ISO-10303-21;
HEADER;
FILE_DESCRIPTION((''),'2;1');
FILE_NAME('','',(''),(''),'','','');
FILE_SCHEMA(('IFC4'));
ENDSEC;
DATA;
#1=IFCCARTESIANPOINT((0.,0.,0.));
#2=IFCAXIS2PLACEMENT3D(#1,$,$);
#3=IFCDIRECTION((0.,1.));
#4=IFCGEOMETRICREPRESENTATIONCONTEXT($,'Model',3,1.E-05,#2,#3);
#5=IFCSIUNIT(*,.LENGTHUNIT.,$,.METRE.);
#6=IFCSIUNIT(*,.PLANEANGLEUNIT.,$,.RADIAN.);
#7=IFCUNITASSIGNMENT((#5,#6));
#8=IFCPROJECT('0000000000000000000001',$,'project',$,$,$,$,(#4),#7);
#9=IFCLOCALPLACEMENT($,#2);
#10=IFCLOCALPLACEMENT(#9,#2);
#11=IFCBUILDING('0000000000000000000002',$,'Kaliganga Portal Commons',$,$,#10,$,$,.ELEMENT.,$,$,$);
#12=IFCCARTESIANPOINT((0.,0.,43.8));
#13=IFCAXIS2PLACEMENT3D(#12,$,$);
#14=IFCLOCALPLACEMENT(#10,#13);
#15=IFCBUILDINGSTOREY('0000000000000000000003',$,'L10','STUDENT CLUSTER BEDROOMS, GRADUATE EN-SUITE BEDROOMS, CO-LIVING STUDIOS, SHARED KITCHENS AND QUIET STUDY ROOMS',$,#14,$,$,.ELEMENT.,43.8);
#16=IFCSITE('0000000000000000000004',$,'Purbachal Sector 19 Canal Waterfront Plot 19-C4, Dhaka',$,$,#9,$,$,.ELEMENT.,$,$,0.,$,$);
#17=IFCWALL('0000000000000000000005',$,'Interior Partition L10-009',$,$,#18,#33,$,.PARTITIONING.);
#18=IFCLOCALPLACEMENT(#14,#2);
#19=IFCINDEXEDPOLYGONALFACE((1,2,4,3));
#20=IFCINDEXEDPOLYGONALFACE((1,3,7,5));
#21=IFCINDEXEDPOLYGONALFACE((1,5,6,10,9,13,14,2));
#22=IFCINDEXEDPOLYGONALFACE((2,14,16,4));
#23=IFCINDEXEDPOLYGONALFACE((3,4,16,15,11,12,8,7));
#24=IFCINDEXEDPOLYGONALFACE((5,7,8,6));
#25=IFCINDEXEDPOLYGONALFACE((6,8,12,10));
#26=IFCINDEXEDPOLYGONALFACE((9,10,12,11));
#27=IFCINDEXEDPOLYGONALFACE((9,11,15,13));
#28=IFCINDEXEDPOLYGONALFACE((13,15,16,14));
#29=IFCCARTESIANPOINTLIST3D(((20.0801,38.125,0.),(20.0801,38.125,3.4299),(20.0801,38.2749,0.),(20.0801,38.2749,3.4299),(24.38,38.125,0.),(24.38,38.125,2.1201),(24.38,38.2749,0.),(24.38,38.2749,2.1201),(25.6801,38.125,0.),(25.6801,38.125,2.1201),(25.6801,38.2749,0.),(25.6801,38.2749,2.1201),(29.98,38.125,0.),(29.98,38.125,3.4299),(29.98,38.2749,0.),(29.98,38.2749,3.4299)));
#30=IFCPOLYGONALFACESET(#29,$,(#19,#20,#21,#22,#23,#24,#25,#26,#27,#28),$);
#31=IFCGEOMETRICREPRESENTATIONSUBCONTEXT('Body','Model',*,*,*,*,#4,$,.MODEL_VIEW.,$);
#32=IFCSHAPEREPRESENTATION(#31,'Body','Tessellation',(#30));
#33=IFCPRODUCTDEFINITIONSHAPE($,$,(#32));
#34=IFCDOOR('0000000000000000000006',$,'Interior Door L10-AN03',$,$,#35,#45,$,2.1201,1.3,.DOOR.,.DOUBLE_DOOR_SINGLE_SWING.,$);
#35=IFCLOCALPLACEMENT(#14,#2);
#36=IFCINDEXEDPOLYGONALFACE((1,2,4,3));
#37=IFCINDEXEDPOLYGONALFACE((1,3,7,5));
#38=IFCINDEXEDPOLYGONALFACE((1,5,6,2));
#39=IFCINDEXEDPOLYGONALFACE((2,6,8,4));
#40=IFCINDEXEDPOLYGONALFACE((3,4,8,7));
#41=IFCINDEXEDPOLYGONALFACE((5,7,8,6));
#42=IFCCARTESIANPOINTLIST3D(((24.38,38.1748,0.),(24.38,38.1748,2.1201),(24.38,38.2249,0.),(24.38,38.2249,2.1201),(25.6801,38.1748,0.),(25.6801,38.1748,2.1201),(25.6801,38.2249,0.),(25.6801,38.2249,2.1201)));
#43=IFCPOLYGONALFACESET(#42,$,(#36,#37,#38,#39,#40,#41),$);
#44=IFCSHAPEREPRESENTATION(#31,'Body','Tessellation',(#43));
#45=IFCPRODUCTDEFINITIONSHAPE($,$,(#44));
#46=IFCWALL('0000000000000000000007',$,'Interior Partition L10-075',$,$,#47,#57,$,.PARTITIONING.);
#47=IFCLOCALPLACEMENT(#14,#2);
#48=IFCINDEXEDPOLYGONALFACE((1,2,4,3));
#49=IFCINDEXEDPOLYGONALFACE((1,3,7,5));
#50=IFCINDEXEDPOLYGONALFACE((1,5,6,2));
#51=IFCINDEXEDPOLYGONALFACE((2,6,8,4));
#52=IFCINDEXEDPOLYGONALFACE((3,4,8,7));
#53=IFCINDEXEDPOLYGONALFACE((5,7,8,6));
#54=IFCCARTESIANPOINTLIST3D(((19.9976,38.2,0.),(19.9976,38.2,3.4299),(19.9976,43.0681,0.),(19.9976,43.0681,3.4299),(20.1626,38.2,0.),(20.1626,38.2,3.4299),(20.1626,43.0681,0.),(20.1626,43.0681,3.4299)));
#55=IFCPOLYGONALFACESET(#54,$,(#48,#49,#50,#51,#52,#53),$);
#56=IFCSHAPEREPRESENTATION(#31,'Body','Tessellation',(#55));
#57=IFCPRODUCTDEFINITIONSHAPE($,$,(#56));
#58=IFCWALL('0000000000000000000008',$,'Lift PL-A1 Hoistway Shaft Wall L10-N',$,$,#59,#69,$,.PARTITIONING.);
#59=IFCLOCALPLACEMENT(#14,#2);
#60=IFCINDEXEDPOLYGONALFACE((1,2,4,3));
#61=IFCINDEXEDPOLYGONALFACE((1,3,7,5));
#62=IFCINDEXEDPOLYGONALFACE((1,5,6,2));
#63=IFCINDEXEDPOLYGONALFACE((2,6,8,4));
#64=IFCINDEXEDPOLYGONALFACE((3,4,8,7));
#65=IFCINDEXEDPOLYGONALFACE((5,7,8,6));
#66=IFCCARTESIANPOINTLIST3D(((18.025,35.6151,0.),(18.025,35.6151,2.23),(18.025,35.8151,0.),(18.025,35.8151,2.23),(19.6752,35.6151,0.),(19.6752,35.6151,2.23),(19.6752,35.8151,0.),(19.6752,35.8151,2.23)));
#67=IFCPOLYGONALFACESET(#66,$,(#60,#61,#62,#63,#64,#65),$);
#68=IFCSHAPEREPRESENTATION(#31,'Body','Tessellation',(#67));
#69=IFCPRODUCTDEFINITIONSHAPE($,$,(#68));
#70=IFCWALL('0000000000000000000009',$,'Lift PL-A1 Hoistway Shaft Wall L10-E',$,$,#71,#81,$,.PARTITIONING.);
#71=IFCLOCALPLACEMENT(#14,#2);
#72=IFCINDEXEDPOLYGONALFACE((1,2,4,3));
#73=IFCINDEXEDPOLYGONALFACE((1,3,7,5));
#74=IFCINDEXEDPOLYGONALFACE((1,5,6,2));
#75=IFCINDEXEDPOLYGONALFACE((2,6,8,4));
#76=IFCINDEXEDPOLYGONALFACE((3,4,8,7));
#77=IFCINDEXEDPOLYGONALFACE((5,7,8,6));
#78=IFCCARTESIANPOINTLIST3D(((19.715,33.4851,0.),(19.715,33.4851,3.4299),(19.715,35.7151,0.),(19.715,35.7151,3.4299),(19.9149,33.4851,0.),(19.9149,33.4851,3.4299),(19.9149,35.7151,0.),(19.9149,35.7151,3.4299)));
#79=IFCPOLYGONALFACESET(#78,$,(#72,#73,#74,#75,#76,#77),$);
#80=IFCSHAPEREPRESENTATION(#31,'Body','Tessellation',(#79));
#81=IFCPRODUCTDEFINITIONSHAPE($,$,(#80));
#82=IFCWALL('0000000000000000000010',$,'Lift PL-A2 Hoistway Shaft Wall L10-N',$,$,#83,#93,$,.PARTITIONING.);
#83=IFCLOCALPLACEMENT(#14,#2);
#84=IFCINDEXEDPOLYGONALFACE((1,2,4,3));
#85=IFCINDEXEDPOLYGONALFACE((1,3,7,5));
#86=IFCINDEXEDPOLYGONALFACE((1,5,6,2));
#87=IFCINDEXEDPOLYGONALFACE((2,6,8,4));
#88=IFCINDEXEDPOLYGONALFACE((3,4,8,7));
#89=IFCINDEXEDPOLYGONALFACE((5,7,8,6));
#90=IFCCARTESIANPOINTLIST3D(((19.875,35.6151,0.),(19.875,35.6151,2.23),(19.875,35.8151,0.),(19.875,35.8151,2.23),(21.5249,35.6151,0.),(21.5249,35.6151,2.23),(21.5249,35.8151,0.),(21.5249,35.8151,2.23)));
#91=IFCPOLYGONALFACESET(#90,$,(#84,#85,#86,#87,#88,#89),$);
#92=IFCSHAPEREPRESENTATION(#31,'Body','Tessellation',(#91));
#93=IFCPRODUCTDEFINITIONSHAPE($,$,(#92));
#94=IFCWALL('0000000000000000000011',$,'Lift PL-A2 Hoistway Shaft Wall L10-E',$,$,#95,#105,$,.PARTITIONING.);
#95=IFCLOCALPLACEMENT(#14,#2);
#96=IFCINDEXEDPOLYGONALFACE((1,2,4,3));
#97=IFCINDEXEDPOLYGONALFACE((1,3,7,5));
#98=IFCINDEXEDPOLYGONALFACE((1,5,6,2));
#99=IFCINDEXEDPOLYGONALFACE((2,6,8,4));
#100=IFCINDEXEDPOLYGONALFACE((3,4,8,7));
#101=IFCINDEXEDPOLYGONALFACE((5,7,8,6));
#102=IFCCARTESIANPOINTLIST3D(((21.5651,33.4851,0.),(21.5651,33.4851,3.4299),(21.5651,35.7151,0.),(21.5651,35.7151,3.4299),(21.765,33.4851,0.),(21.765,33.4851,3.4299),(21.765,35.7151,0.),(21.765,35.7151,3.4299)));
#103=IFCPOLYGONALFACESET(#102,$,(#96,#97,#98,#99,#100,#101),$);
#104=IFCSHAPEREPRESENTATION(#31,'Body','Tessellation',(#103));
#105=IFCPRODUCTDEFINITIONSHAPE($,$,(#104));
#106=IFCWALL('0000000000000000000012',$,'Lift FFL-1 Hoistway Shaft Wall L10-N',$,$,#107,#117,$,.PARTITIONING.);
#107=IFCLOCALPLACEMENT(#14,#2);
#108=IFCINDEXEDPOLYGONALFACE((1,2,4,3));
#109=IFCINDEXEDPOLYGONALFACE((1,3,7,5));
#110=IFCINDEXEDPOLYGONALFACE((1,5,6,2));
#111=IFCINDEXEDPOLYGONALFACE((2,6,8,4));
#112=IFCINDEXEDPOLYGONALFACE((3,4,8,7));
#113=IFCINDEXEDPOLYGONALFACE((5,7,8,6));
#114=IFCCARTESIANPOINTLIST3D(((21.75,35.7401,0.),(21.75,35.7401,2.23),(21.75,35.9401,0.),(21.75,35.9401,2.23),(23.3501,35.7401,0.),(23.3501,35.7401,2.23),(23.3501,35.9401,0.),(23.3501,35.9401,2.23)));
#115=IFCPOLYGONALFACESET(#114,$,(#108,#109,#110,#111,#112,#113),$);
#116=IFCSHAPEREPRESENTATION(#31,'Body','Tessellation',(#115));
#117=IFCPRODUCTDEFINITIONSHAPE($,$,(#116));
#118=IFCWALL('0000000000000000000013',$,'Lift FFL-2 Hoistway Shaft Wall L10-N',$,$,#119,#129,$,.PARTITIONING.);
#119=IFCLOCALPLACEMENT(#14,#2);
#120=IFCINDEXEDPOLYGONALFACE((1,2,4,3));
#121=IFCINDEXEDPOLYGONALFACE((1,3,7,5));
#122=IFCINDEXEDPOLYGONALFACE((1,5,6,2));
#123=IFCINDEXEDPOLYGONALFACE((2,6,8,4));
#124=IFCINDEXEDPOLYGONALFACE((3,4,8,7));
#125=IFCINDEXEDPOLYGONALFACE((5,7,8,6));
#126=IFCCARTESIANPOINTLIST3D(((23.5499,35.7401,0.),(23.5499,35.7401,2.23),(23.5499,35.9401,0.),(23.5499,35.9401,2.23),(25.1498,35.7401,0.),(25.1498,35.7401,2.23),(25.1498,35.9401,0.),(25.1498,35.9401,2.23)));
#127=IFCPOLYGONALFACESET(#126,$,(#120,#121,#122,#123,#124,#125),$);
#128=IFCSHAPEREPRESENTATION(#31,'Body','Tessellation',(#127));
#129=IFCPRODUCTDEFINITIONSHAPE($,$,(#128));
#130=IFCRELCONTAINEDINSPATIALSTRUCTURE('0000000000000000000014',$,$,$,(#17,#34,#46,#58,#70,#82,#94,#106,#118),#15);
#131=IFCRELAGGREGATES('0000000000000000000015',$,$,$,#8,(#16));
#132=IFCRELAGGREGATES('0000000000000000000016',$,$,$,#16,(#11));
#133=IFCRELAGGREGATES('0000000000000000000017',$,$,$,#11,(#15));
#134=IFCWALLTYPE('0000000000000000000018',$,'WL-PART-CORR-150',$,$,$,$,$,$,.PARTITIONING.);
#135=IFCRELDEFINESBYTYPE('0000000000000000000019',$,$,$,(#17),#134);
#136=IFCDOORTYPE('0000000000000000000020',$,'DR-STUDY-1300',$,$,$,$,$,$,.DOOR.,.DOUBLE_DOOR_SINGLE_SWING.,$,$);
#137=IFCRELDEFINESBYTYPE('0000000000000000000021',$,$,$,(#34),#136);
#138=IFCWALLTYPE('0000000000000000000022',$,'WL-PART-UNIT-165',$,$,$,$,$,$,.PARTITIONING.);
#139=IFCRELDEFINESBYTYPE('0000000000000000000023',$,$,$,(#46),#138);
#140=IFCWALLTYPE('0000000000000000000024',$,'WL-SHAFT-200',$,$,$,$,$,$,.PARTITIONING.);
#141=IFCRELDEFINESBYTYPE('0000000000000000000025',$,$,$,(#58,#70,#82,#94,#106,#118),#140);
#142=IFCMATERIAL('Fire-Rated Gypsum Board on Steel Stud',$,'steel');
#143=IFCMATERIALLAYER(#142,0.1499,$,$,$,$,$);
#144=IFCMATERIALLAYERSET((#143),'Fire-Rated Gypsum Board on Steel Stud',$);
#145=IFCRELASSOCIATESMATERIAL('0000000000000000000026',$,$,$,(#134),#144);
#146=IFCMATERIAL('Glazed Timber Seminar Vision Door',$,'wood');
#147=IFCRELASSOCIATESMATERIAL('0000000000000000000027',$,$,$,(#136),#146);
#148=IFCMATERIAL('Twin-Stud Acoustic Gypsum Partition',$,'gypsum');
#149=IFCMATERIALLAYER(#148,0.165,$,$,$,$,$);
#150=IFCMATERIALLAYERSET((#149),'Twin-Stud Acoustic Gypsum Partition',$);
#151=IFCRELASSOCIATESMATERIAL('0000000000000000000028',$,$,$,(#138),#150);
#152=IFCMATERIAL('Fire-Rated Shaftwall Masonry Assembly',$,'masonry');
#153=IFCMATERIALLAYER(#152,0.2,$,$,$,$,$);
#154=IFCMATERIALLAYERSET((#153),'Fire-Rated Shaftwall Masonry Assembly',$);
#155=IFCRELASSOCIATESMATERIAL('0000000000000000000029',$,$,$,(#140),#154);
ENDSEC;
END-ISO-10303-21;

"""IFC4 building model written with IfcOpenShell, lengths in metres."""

from ifc_helpers import new_model, si_unit, direction, frame, frame_2d, origin, place, context, subcontext, project, spatial, rectangle, extrude, material, layer, layer_set, type_object, element, fill, save


model = new_model("IFC4")

# Units and contexts
model_context = context("Model", 3, precision=1e-05, world=origin(), true_north=direction((0.0, 1.0)))
body_context = subcontext(model_context, "Body", "Model", "MODEL_VIEW")
ifc_project = project(units=[si_unit("LENGTHUNIT", "METRE"), si_unit("PLANEANGLEUNIT", "RADIAN")], contexts=[model_context])

# Site, building, storey
site_placement = place(None, origin())
site = spatial("IfcSite", under=ifc_project, at=site_placement, Name="Purbachal Sector 19 Canal Waterfront Plot 19-C4, Dhaka", CompositionType="ELEMENT", RefElevation=0.0)
building_placement = place(site_placement, origin())
building = spatial("IfcBuilding", under=site, at=building_placement, Name="Kaliganga Portal Commons", CompositionType="ELEMENT")
storey_placement = place(building_placement, frame((0.0, 0.0, 43.8)))
storey = spatial("IfcBuildingStorey", under=building, at=storey_placement, Name="L10", Description="STUDENT CLUSTER BEDROOMS, GRADUATE EN-SUITE BEDROOMS, CO-LIVING STUDIOS, SHARED KITCHENS AND QUIET STUDY ROOMS", CompositionType="ELEMENT", Elevation=43.8)

# Wall, opening, door
ifc_material_1 = material(Name="Fire-Rated Gypsum Board on Steel Stud", Category="steel")
ifc_layer_1 = layer(ifc_material_1, 0.1499)
ifc_layer_set_1 = layer_set([ifc_layer_1], Name="Fire-Rated Gypsum Board on Steel Stud")
wall_type_1 = type_object("IfcWallType", Name="WL-PART-CORR-150", PredefinedType="PARTITIONING", material=ifc_layer_set_1)
wall_1_placement = place(storey_placement, frame((20.0801, 38.2, 0.0), z_axis=(0.0, 0.0, 1.0), x_axis=(1.0, 0.0, 0.0)))
wall_1 = element("IfcWall", 1, at=wall_1_placement, inside=storey, type_object=wall_type_1, Name="Interior Partition L10-009", PredefinedType="PARTITIONING", context=body_context, shape_type="SweptSolid", body=[
    extrude(rectangle(XDim=9.8999, YDim=0.1499, at=frame_2d((4.95, 0.0))), origin(), (0.0, 0.0, 1.0), 3.4299),
])
opening_1_placement = place(wall_1_placement, frame((4.3, 0.0, 0.0)))
opening_1 = element("IfcOpeningElement", 2, at=opening_1_placement, cuts=wall_1, PredefinedType="OPENING", context=body_context, shape_type="SweptSolid", body=[
    extrude(rectangle(XDim=1.3, YDim=2.1201, at=frame_2d((0.6499, 1.0601))), frame((0.0, 0.085, 0.0), z_axis=(0.0, -1.0, 0.0), x_axis=(1.0, 0.0, 0.0)), (0.0, 0.0, 1.0), 0.1699),
])
ifc_material_2 = material(Name="Glazed Timber Seminar Vision Door", Category="wood")
door_type_1 = type_object("IfcDoorType", Name="DR-STUDY-1300", OperationType="DOUBLE_DOOR_SINGLE_SWING", PredefinedType="DOOR", material=ifc_material_2)
door_1_placement = place(opening_1_placement, origin())
door_1 = element("IfcDoor", 3, at=door_1_placement, inside=storey, type_object=door_type_1, Name="Interior Door L10-AN03", OperationType="DOUBLE_DOOR_SINGLE_SWING", OverallHeight=2.1201, OverallWidth=1.3, PredefinedType="DOOR", context=body_context, shape_type="SweptSolid", body=[
    extrude(rectangle(XDim=1.3, YDim=2.1201, at=frame_2d((0.6499, 1.0601))), frame((0.0, 0.0249, 0.0), z_axis=(0.0, -1.0, 0.0), x_axis=(1.0, 0.0, 0.0)), (0.0, 0.0, 1.0), 0.05),
])
fill(opening_1, door_1)

# Wall
ifc_material_3 = material(Name="Twin-Stud Acoustic Gypsum Partition", Category="gypsum")
ifc_layer_2 = layer(ifc_material_3, 0.165)
ifc_layer_set_2 = layer_set([ifc_layer_2], Name="Twin-Stud Acoustic Gypsum Partition")
wall_type_2 = type_object("IfcWallType", Name="WL-PART-UNIT-165", PredefinedType="PARTITIONING", material=ifc_layer_set_2)
wall_2_placement = place(storey_placement, frame((20.0801, 38.2, 0.0), z_axis=(0.0, 0.0, 1.0), x_axis=(0.0, 1.0, 0.0)))
element("IfcWall", 4, at=wall_2_placement, inside=storey, type_object=wall_type_2, Name="Interior Partition L10-075", PredefinedType="PARTITIONING", context=body_context, shape_type="SweptSolid", body=[
    extrude(rectangle(XDim=4.8682, YDim=0.165, at=frame_2d((2.4341, 0.0))), origin(), (0.0, 0.0, 1.0), 3.4299),
])

# Shared definitions
ifc_material_4 = material(Name="Fire-Rated Shaftwall Masonry Assembly", Category="masonry")
ifc_layer_3 = layer(ifc_material_4, 0.2)
ifc_layer_set_3 = layer_set([ifc_layer_3], Name="Fire-Rated Shaftwall Masonry Assembly")
wall_type_3 = type_object("IfcWallType", Name="WL-SHAFT-200", PredefinedType="PARTITIONING", material=ifc_layer_set_3)

# Walls
wall_3_placement = place(storey_placement, frame((18.0249, 35.7151, 0.0), z_axis=(0.0, 0.0, 1.0), x_axis=(1.0, 0.0, 0.0)))
element("IfcWall", 5, at=wall_3_placement, inside=storey, type_object=wall_type_3, Name="Lift PL-A1 Hoistway Shaft Wall L10-N", PredefinedType="PARTITIONING", context=body_context, shape_type="SweptSolid", body=[
    extrude(rectangle(XDim=1.6501, YDim=0.2, at=frame_2d((0.8252, 0.0))), origin(), (0.0, 0.0, 1.0), 2.23),
])
wall_4_placement = place(storey_placement, frame((19.8149, 33.4851, 0.0), z_axis=(0.0, 0.0, 1.0), x_axis=(0.0, 1.0, 0.0)))
element("IfcWall", 6, at=wall_4_placement, inside=storey, type_object=wall_type_3, Name="Lift PL-A1 Hoistway Shaft Wall L10-E", PredefinedType="PARTITIONING", context=body_context, shape_type="SweptSolid", body=[
    extrude(rectangle(XDim=2.23, YDim=0.2, at=frame_2d((1.115, 0.0))), origin(), (0.0, 0.0, 1.0), 3.4299),
])

# Walls
wall_5_placement = place(storey_placement, frame((19.875, 35.7151, 0.0), z_axis=(0.0, 0.0, 1.0), x_axis=(1.0, 0.0, 0.0)))
element("IfcWall", 7, at=wall_5_placement, inside=storey, type_object=wall_type_3, Name="Lift PL-A2 Hoistway Shaft Wall L10-N", PredefinedType="PARTITIONING", context=body_context, shape_type="SweptSolid", body=[
    extrude(rectangle(XDim=1.6499, YDim=0.2, at=frame_2d((0.825, 0.0))), origin(), (0.0, 0.0, 1.0), 2.23),
])
wall_6_placement = place(storey_placement, frame((21.665, 33.4851, 0.0), z_axis=(0.0, 0.0, 1.0), x_axis=(0.0, 1.0, 0.0)))
element("IfcWall", 8, at=wall_6_placement, inside=storey, type_object=wall_type_3, Name="Lift PL-A2 Hoistway Shaft Wall L10-E", PredefinedType="PARTITIONING", context=body_context, shape_type="SweptSolid", body=[
    extrude(rectangle(XDim=2.23, YDim=0.2, at=frame_2d((1.115, 0.0))), origin(), (0.0, 0.0, 1.0), 3.4299),
])
wall_7_placement = place(storey_placement, frame((21.75, 35.8401, 0.0), z_axis=(0.0, 0.0, 1.0), x_axis=(1.0, 0.0, 0.0)))
element("IfcWall", 9, at=wall_7_placement, inside=storey, type_object=wall_type_3, Name="Lift FFL-1 Hoistway Shaft Wall L10-N", PredefinedType="PARTITIONING", context=body_context, shape_type="SweptSolid", body=[
    extrude(rectangle(XDim=1.6001, YDim=0.2, at=frame_2d((0.8, 0.0))), origin(), (0.0, 0.0, 1.0), 2.23),
])

# Wall
wall_8_placement = place(storey_placement, frame((23.55, 35.8401, 0.0), z_axis=(0.0, 0.0, 1.0), x_axis=(1.0, 0.0, 0.0)))
element("IfcWall", 10, at=wall_8_placement, inside=storey, type_object=wall_type_3, Name="Lift FFL-2 Hoistway Shaft Wall L10-N", PredefinedType="PARTITIONING", context=body_context, shape_type="SweptSolid", body=[
    extrude(rectangle(XDim=1.5999, YDim=0.2, at=frame_2d((0.7998, 0.0))), origin(), (0.0, 0.0, 1.0), 2.23),
])

save(model, "model.ifc")
